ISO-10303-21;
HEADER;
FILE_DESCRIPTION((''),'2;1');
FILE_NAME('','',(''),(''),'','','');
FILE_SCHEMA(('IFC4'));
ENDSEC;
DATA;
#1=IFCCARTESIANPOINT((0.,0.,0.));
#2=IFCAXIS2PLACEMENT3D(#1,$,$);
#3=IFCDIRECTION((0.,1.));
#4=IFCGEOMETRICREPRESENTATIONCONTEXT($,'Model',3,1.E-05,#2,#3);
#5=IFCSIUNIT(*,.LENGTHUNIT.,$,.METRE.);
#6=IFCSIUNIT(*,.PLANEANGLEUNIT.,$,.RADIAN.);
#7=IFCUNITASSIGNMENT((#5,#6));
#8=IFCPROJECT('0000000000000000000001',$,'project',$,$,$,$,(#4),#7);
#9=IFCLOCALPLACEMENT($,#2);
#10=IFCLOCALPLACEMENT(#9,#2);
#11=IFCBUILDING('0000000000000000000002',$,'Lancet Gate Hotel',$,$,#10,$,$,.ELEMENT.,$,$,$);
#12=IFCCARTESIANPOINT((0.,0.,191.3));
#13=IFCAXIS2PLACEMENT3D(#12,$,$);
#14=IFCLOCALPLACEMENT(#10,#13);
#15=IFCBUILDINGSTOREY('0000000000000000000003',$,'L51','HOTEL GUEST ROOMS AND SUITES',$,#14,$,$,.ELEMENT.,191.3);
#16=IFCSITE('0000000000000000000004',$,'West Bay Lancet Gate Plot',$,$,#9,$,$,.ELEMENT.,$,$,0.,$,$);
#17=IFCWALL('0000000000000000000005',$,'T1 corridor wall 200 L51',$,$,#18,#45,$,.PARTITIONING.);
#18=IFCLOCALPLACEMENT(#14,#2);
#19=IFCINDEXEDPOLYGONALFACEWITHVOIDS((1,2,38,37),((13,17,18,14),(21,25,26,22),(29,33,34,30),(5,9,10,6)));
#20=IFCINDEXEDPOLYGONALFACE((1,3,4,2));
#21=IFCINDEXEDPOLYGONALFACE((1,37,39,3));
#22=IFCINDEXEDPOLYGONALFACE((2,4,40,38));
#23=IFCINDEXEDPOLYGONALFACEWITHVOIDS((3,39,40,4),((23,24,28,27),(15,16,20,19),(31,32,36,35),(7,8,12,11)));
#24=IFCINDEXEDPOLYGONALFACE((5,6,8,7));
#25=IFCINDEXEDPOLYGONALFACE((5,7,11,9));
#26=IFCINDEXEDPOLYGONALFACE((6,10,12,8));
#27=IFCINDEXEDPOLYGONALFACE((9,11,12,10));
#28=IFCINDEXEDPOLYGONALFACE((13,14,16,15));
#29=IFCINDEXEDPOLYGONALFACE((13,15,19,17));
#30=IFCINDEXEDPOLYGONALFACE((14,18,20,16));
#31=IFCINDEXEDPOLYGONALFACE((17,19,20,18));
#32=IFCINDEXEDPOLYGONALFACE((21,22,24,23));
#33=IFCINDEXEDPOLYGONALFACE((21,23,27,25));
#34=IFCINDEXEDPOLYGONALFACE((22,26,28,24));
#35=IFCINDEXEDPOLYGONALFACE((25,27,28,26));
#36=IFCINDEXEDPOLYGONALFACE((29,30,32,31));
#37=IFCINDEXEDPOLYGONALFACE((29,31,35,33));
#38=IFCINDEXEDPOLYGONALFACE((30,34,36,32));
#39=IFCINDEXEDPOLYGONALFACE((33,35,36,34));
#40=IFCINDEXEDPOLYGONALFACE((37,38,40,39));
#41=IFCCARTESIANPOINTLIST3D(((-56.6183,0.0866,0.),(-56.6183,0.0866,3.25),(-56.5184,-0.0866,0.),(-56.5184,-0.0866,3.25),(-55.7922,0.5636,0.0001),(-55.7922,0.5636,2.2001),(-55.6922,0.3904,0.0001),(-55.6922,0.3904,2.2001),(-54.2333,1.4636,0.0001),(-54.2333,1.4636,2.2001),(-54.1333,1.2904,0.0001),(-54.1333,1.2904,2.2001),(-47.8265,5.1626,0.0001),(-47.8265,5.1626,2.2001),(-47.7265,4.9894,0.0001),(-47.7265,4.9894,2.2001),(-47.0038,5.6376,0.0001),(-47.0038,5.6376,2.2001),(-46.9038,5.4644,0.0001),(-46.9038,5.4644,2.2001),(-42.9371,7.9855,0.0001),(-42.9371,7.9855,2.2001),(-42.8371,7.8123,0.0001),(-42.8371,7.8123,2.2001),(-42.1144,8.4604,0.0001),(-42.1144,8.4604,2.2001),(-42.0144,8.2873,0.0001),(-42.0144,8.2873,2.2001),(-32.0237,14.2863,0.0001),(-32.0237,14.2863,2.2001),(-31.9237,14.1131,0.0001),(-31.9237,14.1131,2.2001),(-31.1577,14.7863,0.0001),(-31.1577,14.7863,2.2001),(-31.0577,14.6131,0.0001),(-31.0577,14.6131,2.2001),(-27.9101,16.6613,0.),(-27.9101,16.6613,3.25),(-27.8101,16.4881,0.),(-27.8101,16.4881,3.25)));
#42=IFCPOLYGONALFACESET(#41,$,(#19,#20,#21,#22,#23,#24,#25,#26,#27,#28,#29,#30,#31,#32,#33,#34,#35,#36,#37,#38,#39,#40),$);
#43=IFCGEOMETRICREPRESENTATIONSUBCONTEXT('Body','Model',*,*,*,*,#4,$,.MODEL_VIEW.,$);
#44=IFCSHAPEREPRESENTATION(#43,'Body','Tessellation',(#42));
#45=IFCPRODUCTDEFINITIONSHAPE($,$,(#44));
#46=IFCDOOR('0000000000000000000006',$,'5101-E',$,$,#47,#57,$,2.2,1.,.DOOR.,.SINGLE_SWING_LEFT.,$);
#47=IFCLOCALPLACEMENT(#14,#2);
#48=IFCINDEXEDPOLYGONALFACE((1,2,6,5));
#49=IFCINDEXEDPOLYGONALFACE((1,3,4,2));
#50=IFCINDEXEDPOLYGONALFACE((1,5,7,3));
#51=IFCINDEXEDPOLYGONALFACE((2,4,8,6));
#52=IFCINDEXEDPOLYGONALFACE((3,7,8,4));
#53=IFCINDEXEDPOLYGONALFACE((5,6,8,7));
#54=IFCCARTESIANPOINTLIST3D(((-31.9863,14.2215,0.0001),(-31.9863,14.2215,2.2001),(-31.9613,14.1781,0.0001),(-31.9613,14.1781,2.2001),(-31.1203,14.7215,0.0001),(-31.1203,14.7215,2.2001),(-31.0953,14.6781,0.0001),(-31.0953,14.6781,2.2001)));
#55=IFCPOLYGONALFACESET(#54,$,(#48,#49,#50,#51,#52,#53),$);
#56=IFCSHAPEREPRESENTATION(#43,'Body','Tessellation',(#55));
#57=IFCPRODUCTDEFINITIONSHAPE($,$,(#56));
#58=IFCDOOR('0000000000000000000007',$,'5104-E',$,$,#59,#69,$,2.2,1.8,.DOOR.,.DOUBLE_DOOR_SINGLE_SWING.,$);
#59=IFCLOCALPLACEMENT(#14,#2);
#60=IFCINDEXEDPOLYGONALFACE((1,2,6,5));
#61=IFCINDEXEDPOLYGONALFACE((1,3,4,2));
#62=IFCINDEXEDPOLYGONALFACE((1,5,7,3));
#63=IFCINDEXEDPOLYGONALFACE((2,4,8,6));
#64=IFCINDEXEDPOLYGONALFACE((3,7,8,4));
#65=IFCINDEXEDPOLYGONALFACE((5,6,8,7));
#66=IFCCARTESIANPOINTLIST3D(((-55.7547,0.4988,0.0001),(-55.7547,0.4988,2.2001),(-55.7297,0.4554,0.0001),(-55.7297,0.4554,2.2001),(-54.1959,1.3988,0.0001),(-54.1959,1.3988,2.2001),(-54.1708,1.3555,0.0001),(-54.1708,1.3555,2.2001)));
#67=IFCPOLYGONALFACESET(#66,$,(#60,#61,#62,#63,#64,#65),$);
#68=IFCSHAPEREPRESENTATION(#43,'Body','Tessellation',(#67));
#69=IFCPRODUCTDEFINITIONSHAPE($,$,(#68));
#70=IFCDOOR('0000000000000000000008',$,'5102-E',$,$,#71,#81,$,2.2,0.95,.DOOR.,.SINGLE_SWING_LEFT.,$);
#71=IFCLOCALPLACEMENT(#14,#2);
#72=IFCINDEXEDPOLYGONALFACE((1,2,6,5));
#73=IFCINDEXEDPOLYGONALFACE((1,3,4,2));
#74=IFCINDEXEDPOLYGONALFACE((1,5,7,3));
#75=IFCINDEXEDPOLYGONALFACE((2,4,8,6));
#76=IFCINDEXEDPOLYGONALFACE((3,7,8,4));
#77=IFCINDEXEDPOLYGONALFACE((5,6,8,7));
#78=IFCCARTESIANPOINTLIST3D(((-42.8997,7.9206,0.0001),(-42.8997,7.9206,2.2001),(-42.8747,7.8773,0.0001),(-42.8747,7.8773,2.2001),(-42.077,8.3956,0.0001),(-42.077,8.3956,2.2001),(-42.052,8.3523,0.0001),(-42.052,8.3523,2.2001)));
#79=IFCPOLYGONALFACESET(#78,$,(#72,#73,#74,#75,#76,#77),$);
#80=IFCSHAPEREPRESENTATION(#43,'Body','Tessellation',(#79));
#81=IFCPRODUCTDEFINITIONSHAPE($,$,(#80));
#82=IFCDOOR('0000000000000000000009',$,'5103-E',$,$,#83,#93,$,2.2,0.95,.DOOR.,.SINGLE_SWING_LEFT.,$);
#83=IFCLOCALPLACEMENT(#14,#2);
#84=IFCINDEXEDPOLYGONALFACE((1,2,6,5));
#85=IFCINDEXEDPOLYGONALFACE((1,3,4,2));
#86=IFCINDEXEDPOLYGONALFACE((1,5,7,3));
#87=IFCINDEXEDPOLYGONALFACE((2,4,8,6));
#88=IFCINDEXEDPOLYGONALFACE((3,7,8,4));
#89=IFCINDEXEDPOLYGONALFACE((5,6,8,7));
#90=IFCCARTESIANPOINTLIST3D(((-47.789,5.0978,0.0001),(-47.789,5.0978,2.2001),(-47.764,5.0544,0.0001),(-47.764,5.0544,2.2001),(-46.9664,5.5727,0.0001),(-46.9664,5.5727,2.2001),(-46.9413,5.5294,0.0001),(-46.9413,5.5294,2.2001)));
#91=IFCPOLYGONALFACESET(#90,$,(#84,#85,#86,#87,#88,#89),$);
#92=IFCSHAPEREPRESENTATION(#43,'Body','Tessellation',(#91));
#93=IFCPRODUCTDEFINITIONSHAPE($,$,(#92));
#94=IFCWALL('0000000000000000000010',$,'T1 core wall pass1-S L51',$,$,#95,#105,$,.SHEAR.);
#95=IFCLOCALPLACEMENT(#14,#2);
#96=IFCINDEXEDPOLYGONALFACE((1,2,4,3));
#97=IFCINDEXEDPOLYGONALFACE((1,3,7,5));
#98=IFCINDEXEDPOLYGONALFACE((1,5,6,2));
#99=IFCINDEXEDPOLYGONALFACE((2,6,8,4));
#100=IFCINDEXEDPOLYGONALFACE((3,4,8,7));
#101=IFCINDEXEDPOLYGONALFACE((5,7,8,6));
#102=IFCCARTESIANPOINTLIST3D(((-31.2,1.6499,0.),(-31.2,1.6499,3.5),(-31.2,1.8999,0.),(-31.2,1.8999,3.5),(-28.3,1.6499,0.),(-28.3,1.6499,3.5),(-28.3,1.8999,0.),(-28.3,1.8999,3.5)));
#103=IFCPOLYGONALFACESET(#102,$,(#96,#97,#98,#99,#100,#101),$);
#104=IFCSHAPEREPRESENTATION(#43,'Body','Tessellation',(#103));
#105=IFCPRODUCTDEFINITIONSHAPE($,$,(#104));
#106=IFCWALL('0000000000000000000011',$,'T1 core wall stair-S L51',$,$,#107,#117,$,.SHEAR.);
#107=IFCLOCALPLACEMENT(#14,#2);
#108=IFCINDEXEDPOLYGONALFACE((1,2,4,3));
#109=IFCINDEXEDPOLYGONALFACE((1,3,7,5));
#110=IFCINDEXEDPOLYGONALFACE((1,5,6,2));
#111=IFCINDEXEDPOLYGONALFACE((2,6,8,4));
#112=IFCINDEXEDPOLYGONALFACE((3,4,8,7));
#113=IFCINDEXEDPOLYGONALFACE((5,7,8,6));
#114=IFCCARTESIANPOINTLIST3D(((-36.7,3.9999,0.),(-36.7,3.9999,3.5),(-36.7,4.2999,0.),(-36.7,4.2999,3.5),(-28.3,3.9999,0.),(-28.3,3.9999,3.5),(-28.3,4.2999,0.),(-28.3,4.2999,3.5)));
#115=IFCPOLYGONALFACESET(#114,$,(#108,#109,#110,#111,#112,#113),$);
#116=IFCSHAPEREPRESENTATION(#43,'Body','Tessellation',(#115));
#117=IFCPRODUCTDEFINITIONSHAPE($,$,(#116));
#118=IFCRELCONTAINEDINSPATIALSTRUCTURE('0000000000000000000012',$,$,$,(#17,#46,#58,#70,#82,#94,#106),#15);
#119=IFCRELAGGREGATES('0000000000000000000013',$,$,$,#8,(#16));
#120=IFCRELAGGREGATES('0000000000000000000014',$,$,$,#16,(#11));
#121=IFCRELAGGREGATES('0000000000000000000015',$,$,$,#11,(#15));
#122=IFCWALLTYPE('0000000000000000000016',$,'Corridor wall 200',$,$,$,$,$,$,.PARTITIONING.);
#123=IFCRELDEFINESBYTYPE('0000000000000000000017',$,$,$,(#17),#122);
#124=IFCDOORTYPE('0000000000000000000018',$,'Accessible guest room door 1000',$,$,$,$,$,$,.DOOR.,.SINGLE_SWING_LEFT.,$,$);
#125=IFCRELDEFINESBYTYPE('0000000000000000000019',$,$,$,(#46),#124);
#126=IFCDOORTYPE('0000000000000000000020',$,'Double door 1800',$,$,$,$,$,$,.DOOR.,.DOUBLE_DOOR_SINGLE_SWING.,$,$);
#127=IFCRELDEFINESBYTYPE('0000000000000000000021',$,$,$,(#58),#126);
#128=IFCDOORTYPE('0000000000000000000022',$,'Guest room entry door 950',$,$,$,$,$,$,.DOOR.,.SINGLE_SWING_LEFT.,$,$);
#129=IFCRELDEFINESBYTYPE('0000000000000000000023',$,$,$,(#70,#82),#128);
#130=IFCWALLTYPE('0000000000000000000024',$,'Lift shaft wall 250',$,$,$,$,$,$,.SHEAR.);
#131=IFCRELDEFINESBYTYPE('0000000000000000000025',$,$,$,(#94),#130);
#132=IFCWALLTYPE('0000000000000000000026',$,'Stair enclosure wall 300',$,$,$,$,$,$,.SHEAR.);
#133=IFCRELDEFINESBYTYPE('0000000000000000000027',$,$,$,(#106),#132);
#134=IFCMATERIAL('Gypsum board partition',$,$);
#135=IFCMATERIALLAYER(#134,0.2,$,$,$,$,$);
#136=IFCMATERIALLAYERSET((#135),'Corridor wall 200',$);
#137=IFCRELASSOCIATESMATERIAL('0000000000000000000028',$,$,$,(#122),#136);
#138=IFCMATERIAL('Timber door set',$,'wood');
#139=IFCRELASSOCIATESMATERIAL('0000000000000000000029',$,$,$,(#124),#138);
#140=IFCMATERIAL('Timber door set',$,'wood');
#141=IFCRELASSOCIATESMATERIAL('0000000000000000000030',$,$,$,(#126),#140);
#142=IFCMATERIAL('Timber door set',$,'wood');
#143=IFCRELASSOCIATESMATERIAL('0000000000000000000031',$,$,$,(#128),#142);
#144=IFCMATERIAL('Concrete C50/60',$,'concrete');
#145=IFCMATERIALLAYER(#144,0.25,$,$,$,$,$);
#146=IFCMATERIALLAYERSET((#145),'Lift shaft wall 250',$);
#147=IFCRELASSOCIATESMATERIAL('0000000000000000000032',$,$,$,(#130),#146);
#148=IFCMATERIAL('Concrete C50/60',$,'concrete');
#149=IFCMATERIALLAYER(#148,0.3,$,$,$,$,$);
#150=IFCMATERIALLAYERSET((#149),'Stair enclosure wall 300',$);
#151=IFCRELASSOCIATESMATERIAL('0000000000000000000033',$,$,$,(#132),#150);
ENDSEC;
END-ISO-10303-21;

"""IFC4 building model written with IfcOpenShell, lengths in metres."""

from ifc_helpers import new_model, si_unit, direction, frame, frame_2d, origin, place, context, subcontext, project, spatial, rectangle, extrude, material, layer, layer_set, type_object, element, fill, save


model = new_model("IFC4")

# Units and contexts
model_context = context("Model", 3, precision=1e-05, world=origin(), true_north=direction((0.0, 1.0)))
body_context = subcontext(model_context, "Body", "Model", "MODEL_VIEW")
ifc_project = project(units=[si_unit("LENGTHUNIT", "METRE"), si_unit("PLANEANGLEUNIT", "RADIAN")], contexts=[model_context])

# Site, building, storey
site_placement = place(None, origin())
site = spatial("IfcSite", under=ifc_project, at=site_placement, Name="West Bay Lancet Gate Plot", CompositionType="ELEMENT", RefElevation=0.0)
building_placement = place(site_placement, origin())
building = spatial("IfcBuilding", under=site, at=building_placement, Name="Lancet Gate Hotel", CompositionType="ELEMENT")
storey_placement = place(building_placement, frame((0.0, 0.0, 191.3)))
storey = spatial("IfcBuildingStorey", under=building, at=storey_placement, Name="L51", Description="HOTEL GUEST ROOMS AND SUITES", CompositionType="ELEMENT", Elevation=191.3)

# Wall, openings, doors
ifc_material_1 = material(Name="Gypsum board partition")
ifc_layer_1 = layer(ifc_material_1, 0.2)
ifc_layer_set_1 = layer_set([ifc_layer_1], Name="Corridor wall 200")
wall_type_1 = type_object("IfcWallType", Name="Corridor wall 200", PredefinedType="PARTITIONING", material=ifc_layer_set_1)
wall_1_placement = place(storey_placement, frame((-27.8601, 16.5747, 0.0), z_axis=(0.0, 0.0, 1.0), x_axis=(-0.866026, -0.5, 0.0)))
wall_1 = element("IfcWall", 1, at=wall_1_placement, inside=storey, type_object=wall_type_1, Name="T1 corridor wall 200 L51", PredefinedType="PARTITIONING", context=body_context, shape_type="SweptSolid", body=[
    extrude(rectangle(XDim=33.1494, YDim=0.2, at=frame_2d((16.5747, 0.0))), origin(), (0.0, 0.0, 1.0), 3.25),
])
opening_1_placement = place(wall_1_placement, frame((3.75, 0.0, 0.0)))
opening_1 = element("IfcOpeningElement", 2, at=opening_1_placement, cuts=wall_1, PredefinedType="OPENING", context=body_context, shape_type="SweptSolid", body=[
    extrude(rectangle(XDim=1.0, YDim=2.2, at=frame_2d((0.5, 1.1001))), frame((0.0, 0.1099, 0.0), z_axis=(0.0, -1.0, 0.0), x_axis=(1.0, 0.0, 0.0)), (0.0, 0.0, 1.0), 0.22),
])
opening_2_placement = place(wall_1_placement, frame((16.4016, 0.0, 0.0)))
opening_2 = element("IfcOpeningElement", 3, at=opening_2_placement, cuts=wall_1, PredefinedType="OPENING", context=body_context, shape_type="SweptSolid", body=[
    extrude(rectangle(XDim=0.95, YDim=2.2, at=frame_2d((0.4751, 1.1001))), frame((0.0, 0.1099, 0.0), z_axis=(0.0, -1.0, 0.0), x_axis=(1.0, 0.0, 0.0)), (0.0, 0.0, 1.0), 0.22),
])
opening_3_placement = place(wall_1_placement, frame((22.0474, 0.0, 0.0)))
opening_3 = element("IfcOpeningElement", 4, at=opening_3_placement, cuts=wall_1, PredefinedType="OPENING", context=body_context, shape_type="SweptSolid", body=[
    extrude(rectangle(XDim=0.95, YDim=2.2, at=frame_2d((0.4751, 1.1001))), frame((0.0, 0.1099, 0.0), z_axis=(0.0, -1.0, 0.0), x_axis=(1.0, 0.0, 0.0)), (0.0, 0.0, 1.0), 0.22),
])
opening_4_placement = place(wall_1_placement, frame((30.3955, 0.0, 0.0)))
opening_4 = element("IfcOpeningElement", 5, at=opening_4_placement, cuts=wall_1, PredefinedType="OPENING", context=body_context, shape_type="SweptSolid", body=[
    extrude(rectangle(XDim=1.8, YDim=2.2, at=frame_2d((0.8999, 1.1001))), frame((0.0, 0.1099, 0.0), z_axis=(0.0, -1.0, 0.0), x_axis=(1.0, 0.0, 0.0)), (0.0, 0.0, 1.0), 0.22),
])
ifc_material_2 = material(Name="Timber door set", Category="wood")
door_type_1 = type_object("IfcDoorType", Name="Accessible guest room door 1000", OperationType="SINGLE_SWING_LEFT", PredefinedType="DOOR", material=ifc_material_2)
door_1_placement = place(opening_1_placement, origin())
door_1 = element("IfcDoor", 6, at=door_1_placement, inside=storey, type_object=door_type_1, Name="5101-E", OperationType="SINGLE_SWING_LEFT", OverallHeight=2.2, OverallWidth=1.0, PredefinedType="DOOR", context=body_context, shape_type="SweptSolid", body=[
    extrude(rectangle(XDim=1.0, YDim=2.2, at=frame_2d((0.5, 1.1001))), frame((0.0, 0.0249, 0.0), z_axis=(0.0, -1.0, 0.0), x_axis=(1.0, 0.0, 0.0)), (0.0, 0.0, 1.0), 0.05),
])
fill(opening_1, door_1)
ifc_material_3 = material(Name="Timber door set", Category="wood")
door_type_2 = type_object("IfcDoorType", Name="Double door 1800", OperationType="DOUBLE_DOOR_SINGLE_SWING", PredefinedType="DOOR", material=ifc_material_3)
door_2_placement = place(opening_4_placement, origin())
door_2 = element("IfcDoor", 7, at=door_2_placement, inside=storey, type_object=door_type_2, Name="5104-E", OperationType="DOUBLE_DOOR_SINGLE_SWING", OverallHeight=2.2, OverallWidth=1.8, PredefinedType="DOOR", context=body_context, shape_type="SweptSolid", body=[
    extrude(rectangle(XDim=1.8, YDim=2.2, at=frame_2d((0.8999, 1.1001))), frame((0.0, 0.0249, 0.0), z_axis=(0.0, -1.0, 0.0), x_axis=(1.0, 0.0, 0.0)), (0.0, 0.0, 1.0), 0.05),
])
fill(opening_4, door_2)
ifc_material_4 = material(Name="Timber door set", Category="wood")
door_type_3 = type_object("IfcDoorType", Name="Guest room entry door 950", OperationType="SINGLE_SWING_LEFT", PredefinedType="DOOR", material=ifc_material_4)
door_3_placement = place(opening_2_placement, origin())
door_3 = element("IfcDoor", 8, at=door_3_placement, inside=storey, type_object=door_type_3, Name="5102-E", OperationType="SINGLE_SWING_LEFT", OverallHeight=2.2, OverallWidth=0.95, PredefinedType="DOOR", context=body_context, shape_type="SweptSolid", body=[
    extrude(rectangle(XDim=0.95, YDim=2.2, at=frame_2d((0.4751, 1.1001))), frame((0.0, 0.0249, 0.0), z_axis=(0.0, -1.0, 0.0), x_axis=(1.0, 0.0, 0.0)), (0.0, 0.0, 1.0), 0.05),
])
fill(opening_2, door_3)
door_4_placement = place(opening_3_placement, origin())
door_4 = element("IfcDoor", 9, at=door_4_placement, inside=storey, type_object=door_type_3, Name="5103-E", OperationType="SINGLE_SWING_LEFT", OverallHeight=2.2, OverallWidth=0.95, PredefinedType="DOOR", context=body_context, shape_type="SweptSolid", body=[
    extrude(rectangle(XDim=0.95, YDim=2.2, at=frame_2d((0.4751, 1.1001))), frame((0.0, 0.0249, 0.0), z_axis=(0.0, -1.0, 0.0), x_axis=(1.0, 0.0, 0.0)), (0.0, 0.0, 1.0), 0.05),
])
fill(opening_3, door_4)

# Walls
ifc_material_5 = material(Name="Concrete C50/60", Category="concrete")
ifc_layer_2 = layer(ifc_material_5, 0.25)
ifc_layer_set_2 = layer_set([ifc_layer_2], Name="Lift shaft wall 250")
wall_type_2 = type_object("IfcWallType", Name="Lift shaft wall 250", PredefinedType="SHEAR", material=ifc_layer_set_2)
wall_2_placement = place(storey_placement, frame((-28.3, 1.7749, 0.0), z_axis=(0.0, 0.0, 1.0), x_axis=(-1.0, 0.0, 0.0)))
element("IfcWall", 10, at=wall_2_placement, inside=storey, type_object=wall_type_2, Name="T1 core wall pass1-S L51", PredefinedType="SHEAR", context=body_context, shape_type="SweptSolid", body=[
    extrude(rectangle(XDim=2.8999, YDim=0.25, at=frame_2d((1.45, 0.0))), origin(), (0.0, 0.0, 1.0), 3.5),
])
ifc_material_6 = material(Name="Concrete C50/60", Category="concrete")
ifc_layer_3 = layer(ifc_material_6, 0.3)
ifc_layer_set_3 = layer_set([ifc_layer_3], Name="Stair enclosure wall 300")
wall_type_3 = type_object("IfcWallType", Name="Stair enclosure wall 300", PredefinedType="SHEAR", material=ifc_layer_set_3)
wall_3_placement = place(storey_placement, frame((-28.3, 4.1499, 0.0), z_axis=(0.0, 0.0, 1.0), x_axis=(-1.0, 0.0, 0.0)))
element("IfcWall", 11, at=wall_3_placement, inside=storey, type_object=wall_type_3, Name="T1 core wall stair-S L51", PredefinedType="SHEAR", context=body_context, shape_type="SweptSolid", body=[
    extrude(rectangle(XDim=8.3999, YDim=0.3, at=frame_2d((4.2, 0.0))), origin(), (0.0, 0.0, 1.0), 3.5),
])

save(model, "model.ifc")
